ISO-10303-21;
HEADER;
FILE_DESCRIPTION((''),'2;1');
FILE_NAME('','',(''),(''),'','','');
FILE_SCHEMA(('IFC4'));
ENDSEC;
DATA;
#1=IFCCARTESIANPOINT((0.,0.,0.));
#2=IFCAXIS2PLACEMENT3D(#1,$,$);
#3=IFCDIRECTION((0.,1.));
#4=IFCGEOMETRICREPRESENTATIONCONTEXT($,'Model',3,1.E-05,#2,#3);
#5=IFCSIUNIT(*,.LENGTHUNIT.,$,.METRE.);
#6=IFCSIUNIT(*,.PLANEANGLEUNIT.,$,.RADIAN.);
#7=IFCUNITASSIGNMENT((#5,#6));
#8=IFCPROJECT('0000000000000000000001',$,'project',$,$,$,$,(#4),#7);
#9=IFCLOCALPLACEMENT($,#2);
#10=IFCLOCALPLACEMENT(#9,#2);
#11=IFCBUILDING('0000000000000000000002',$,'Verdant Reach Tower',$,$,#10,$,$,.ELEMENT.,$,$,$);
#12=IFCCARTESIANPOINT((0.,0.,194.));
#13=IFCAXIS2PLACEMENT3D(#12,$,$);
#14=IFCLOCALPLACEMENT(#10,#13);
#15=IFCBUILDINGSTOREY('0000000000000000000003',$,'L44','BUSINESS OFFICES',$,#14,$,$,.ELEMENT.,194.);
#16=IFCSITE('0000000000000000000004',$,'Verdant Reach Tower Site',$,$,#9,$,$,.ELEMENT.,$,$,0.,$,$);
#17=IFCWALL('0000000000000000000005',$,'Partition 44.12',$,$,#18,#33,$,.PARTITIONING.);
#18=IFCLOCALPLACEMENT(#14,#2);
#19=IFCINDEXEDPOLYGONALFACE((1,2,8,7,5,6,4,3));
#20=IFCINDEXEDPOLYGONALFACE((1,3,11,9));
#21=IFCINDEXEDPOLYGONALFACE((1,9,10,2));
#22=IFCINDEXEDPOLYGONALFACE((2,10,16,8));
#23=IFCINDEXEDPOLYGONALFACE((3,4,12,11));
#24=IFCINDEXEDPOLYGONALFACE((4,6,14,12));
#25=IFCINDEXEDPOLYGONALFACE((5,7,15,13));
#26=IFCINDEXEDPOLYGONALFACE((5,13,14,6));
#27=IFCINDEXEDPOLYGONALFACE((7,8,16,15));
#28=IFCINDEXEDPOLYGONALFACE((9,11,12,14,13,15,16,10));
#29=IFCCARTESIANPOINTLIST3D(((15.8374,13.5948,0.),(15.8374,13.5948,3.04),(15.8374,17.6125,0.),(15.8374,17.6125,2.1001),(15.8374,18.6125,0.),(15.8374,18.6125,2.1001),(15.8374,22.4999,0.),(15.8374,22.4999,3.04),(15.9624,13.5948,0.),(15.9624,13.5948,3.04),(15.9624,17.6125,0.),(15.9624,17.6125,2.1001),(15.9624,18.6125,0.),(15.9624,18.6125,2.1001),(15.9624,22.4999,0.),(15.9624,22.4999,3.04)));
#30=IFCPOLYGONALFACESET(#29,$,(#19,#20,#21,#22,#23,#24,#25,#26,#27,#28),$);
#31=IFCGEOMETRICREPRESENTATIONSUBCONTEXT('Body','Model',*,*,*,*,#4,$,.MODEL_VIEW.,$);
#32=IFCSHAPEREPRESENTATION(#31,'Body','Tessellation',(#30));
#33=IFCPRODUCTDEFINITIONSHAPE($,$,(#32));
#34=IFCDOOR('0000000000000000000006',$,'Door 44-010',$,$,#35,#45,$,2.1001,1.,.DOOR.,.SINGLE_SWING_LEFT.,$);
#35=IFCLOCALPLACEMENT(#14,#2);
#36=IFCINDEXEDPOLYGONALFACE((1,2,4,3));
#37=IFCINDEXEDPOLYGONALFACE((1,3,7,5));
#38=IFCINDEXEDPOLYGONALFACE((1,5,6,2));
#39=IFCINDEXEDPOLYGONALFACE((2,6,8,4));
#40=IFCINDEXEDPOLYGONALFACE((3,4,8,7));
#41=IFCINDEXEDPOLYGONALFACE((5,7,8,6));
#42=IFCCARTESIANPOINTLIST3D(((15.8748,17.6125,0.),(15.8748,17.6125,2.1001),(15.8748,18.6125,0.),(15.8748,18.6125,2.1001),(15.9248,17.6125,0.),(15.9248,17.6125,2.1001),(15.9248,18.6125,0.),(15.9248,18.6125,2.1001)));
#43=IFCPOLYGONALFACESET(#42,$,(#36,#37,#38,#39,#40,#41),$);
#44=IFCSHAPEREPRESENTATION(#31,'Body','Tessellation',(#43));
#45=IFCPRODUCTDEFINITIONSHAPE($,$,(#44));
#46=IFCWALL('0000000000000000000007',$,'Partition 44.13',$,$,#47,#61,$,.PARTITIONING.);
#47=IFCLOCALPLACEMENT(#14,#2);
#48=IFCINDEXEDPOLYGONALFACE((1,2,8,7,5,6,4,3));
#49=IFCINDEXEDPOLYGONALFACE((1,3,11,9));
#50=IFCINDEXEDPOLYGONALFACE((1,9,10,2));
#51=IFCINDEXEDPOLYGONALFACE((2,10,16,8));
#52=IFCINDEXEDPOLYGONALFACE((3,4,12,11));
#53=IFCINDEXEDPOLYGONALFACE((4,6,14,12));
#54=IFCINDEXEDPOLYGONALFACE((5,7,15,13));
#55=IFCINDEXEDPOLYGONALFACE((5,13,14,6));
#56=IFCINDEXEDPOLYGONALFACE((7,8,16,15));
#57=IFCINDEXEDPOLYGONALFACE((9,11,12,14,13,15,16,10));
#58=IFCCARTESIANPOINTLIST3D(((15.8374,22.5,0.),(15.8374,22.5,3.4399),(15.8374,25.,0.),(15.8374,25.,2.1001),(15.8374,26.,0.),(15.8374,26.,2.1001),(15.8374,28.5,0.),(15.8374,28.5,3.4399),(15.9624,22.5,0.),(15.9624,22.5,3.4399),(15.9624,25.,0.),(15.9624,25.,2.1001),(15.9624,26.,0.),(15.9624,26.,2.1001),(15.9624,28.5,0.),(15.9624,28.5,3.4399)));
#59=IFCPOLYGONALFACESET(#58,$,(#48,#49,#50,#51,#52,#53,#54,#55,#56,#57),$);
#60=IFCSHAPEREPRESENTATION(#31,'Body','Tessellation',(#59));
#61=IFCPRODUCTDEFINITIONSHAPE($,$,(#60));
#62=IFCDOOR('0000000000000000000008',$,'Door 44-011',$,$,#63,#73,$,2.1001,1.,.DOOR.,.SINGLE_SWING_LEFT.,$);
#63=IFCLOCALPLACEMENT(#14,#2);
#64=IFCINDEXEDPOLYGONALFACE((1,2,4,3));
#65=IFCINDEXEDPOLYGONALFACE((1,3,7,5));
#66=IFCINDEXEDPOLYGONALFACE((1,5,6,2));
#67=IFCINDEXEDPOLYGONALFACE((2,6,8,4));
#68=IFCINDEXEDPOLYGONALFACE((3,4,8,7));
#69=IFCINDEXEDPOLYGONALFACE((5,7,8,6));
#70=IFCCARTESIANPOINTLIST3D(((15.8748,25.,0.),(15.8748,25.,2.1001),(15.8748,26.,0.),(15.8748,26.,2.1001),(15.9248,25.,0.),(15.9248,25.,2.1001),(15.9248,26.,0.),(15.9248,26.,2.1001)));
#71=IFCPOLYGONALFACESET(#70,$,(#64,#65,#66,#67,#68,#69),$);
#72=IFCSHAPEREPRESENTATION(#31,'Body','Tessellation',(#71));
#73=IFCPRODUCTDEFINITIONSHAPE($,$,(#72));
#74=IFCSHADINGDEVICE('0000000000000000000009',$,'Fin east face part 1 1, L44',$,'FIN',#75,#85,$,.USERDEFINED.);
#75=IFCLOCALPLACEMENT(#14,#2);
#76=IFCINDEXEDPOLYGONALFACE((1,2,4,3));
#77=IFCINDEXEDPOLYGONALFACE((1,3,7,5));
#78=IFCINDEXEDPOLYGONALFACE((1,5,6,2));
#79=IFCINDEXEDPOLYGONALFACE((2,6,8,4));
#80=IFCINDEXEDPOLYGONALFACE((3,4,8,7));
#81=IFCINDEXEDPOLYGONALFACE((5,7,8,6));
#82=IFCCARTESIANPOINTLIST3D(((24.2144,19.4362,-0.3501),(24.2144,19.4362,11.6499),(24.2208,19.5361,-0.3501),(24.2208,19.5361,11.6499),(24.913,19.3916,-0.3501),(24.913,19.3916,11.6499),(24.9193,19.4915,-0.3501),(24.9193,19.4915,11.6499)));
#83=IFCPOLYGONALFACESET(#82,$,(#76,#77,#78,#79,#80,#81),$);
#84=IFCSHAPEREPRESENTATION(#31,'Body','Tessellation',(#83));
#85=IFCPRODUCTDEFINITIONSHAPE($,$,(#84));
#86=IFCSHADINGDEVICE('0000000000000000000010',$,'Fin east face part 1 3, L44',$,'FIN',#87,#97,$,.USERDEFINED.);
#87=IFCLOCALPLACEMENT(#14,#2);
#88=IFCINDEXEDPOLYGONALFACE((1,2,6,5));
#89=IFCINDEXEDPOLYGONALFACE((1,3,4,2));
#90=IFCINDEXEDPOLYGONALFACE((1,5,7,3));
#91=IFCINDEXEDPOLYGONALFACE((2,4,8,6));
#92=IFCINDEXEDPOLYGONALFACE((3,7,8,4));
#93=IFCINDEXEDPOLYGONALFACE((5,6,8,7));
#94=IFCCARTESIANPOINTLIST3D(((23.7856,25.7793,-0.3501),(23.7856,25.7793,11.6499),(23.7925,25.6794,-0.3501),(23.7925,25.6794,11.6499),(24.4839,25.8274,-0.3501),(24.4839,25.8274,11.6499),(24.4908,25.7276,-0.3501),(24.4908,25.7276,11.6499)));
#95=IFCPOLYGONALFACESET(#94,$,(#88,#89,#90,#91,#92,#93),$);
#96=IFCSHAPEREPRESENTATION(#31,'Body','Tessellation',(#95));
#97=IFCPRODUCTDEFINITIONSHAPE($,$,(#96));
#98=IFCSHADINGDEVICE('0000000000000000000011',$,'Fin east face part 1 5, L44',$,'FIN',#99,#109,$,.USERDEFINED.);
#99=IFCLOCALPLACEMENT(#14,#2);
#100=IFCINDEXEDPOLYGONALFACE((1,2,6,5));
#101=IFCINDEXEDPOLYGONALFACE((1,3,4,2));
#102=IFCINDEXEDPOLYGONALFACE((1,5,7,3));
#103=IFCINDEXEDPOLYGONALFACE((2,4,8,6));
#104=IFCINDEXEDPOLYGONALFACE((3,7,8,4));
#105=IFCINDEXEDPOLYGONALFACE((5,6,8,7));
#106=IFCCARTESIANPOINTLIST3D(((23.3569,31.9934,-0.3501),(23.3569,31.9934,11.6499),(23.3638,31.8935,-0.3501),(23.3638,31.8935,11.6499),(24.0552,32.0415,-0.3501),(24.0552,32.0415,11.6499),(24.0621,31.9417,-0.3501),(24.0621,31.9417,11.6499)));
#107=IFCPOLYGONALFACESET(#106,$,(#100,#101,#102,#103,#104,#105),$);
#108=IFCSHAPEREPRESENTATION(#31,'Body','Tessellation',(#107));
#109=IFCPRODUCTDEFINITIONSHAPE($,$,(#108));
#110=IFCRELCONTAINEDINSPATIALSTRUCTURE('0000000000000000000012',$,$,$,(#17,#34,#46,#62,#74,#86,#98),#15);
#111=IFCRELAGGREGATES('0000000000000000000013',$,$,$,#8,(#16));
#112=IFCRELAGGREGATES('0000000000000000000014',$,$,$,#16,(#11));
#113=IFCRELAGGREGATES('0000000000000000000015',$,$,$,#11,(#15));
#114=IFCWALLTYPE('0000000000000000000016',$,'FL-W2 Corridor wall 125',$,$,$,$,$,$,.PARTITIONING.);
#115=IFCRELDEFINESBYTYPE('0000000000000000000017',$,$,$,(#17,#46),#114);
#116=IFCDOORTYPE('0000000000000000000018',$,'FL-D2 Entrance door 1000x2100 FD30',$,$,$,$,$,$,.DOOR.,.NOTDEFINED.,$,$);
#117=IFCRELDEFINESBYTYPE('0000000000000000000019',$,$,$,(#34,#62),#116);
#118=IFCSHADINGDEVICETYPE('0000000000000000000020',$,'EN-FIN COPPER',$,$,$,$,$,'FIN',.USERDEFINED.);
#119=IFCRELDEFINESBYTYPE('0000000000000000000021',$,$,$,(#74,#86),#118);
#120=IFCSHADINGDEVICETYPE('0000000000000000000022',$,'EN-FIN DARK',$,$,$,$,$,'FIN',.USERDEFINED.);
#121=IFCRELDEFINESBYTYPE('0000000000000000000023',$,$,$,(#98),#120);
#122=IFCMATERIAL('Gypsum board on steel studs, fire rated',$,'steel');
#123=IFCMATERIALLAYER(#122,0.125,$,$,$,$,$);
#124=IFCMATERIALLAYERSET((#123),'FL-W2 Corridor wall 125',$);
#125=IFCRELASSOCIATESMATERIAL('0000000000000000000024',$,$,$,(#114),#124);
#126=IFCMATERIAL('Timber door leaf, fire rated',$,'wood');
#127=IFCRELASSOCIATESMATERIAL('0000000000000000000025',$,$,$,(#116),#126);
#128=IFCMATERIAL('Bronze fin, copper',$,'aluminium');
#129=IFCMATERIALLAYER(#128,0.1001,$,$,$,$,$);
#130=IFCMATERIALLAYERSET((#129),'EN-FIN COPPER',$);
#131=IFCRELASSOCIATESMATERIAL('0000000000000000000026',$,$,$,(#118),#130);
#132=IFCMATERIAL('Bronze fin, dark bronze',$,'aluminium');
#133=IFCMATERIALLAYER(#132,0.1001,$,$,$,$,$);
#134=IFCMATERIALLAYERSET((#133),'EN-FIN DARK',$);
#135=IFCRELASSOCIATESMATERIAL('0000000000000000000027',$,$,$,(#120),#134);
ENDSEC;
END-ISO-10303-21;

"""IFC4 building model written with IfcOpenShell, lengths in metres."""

from ifc_helpers import new_model, si_unit, direction, frame, frame_2d, origin, origin_2d, place, context, subcontext, project, spatial, rectangle, extrude, material, layer, layer_set, type_object, element, fill, save


model = new_model("IFC4")

# Units and contexts
model_context = context("Model", 3, precision=1e-05, world=origin(), true_north=direction((0.0, 1.0)))
body_context = subcontext(model_context, "Body", "Model", "MODEL_VIEW")
ifc_project = project(units=[si_unit("LENGTHUNIT", "METRE"), si_unit("PLANEANGLEUNIT", "RADIAN")], contexts=[model_context])

# Site, building, storey
site_placement = place(None, origin())
site = spatial("IfcSite", under=ifc_project, at=site_placement, Name="Verdant Reach Tower Site", CompositionType="ELEMENT", RefElevation=0.0)
building_placement = place(site_placement, origin())
building = spatial("IfcBuilding", under=site, at=building_placement, Name="Verdant Reach Tower", CompositionType="ELEMENT")
storey_placement = place(building_placement, frame((0.0, 0.0, 194.0)))
storey = spatial("IfcBuildingStorey", under=building, at=storey_placement, Name="L44", Description="BUSINESS OFFICES", CompositionType="ELEMENT", Elevation=194.0)

# Walls, openings, doors
ifc_material_1 = material(Name="Gypsum board on steel studs, fire rated", Category="steel")
ifc_layer_1 = layer(ifc_material_1, 0.125)
ifc_layer_set_1 = layer_set([ifc_layer_1], Name="FL-W2 Corridor wall 125")
wall_type_1 = type_object("IfcWallType", Name="FL-W2 Corridor wall 125", PredefinedType="PARTITIONING", material=ifc_layer_set_1)
wall_1_placement = place(storey_placement, frame((15.8999, 22.5, 0.0), z_axis=(0.0, 0.0, 1.0), x_axis=(0.0, -1.0, 0.0)))
wall_1 = element("IfcWall", 1, at=wall_1_placement, inside=storey, type_object=wall_type_1, Name="Partition 44.12", PredefinedType="PARTITIONING", context=body_context, shape_type="SweptSolid", body=[
    extrude(rectangle(XDim=8.905, YDim=0.125, at=frame_2d((4.4526, 0.0))), origin(), (0.0, 0.0, 1.0), 3.04),
])
opening_1_placement = place(wall_1_placement, frame((3.8875, 0.0, 0.0)))
opening_1 = element("IfcOpeningElement", 2, at=opening_1_placement, cuts=wall_1, PredefinedType="OPENING", context=body_context, shape_type="SweptSolid", body=[
    extrude(rectangle(XDim=1.0, YDim=2.1001, at=frame_2d((0.5, 1.05))), frame((0.0, 0.0725, 0.0), z_axis=(0.0, -1.0, 0.0), x_axis=(1.0, 0.0, 0.0)), (0.0, 0.0, 1.0), 0.145),
])
ifc_material_2 = material(Name="Timber door leaf, fire rated", Category="wood")
door_type = type_object("IfcDoorType", Name="FL-D2 Entrance door 1000x2100 FD30", OperationType="NOTDEFINED", PredefinedType="DOOR", material=ifc_material_2)
door_1_placement = place(opening_1_placement, origin())
door_1 = element("IfcDoor", 3, at=door_1_placement, inside=storey, type_object=door_type, Name="Door 44-010", OperationType="SINGLE_SWING_LEFT", OverallHeight=2.1001, OverallWidth=1.0, PredefinedType="DOOR", context=body_context, shape_type="SweptSolid", body=[
    extrude(rectangle(XDim=1.0, YDim=2.1001, at=frame_2d((0.5, 1.05))), frame((0.0, 0.0249, 0.0), z_axis=(0.0, -1.0, 0.0), x_axis=(1.0, 0.0, 0.0)), (0.0, 0.0, 1.0), 0.05),
])
fill(opening_1, door_1)
wall_2_placement = place(storey_placement, frame((15.8999, 28.5, 0.0), z_axis=(0.0, 0.0, 1.0), x_axis=(0.0, -1.0, 0.0)))
wall_2 = element("IfcWall", 4, at=wall_2_placement, inside=storey, type_object=wall_type_1, Name="Partition 44.13", PredefinedType="PARTITIONING", context=body_context, shape_type="SweptSolid", body=[
    extrude(rectangle(XDim=6.0, YDim=0.125, at=frame_2d((3.0, 0.0))), origin(), (0.0, 0.0, 1.0), 3.4399),
])
opening_2_placement = place(wall_2_placement, frame((2.5, 0.0, 0.0)))
opening_2 = element("IfcOpeningElement", 5, at=opening_2_placement, cuts=wall_2, PredefinedType="OPENING", context=body_context, shape_type="SweptSolid", body=[
    extrude(rectangle(XDim=1.0, YDim=2.1001, at=frame_2d((0.5, 1.05))), frame((0.0, 0.0725, 0.0), z_axis=(0.0, -1.0, 0.0), x_axis=(1.0, 0.0, 0.0)), (0.0, 0.0, 1.0), 0.145),
])
door_2_placement = place(opening_2_placement, origin())
door_2 = element("IfcDoor", 6, at=door_2_placement, inside=storey, type_object=door_type, Name="Door 44-011", OperationType="SINGLE_SWING_LEFT", OverallHeight=2.1001, OverallWidth=1.0, PredefinedType="DOOR", context=body_context, shape_type="SweptSolid", body=[
    extrude(rectangle(XDim=1.0, YDim=2.1001, at=frame_2d((0.5, 1.05))), frame((0.0, 0.0249, 0.0), z_axis=(0.0, -1.0, 0.0), x_axis=(1.0, 0.0, 0.0)), (0.0, 0.0, 1.0), 0.05),
])
fill(opening_2, door_2)

# Shading devices
ifc_material_3 = material(Name="Bronze fin, copper", Category="aluminium")
ifc_layer_2 = layer(ifc_material_3, 0.1001)
ifc_layer_set_2 = layer_set([ifc_layer_2], Name="EN-FIN COPPER")
shading_device_type_1 = type_object("IfcShadingDeviceType", Name="EN-FIN COPPER", ElementType="FIN", PredefinedType="USERDEFINED", material=ifc_layer_set_2)
for number, where, z_axis, x_axis, name in (
    (7, (24.5669, 19.4639, -0.3501), (0.0, 0.0, 1.0), (0.063699, 0.997969, 0.0), "Fin east face part 1 1, L44"),
    (8, (24.1382, 25.7534, -0.3501), (0.0, 0.0, 1.0), (-0.068802, 0.99763, 0.0), "Fin east face part 1 3, L44"),
):
    element("IfcShadingDevice", number, at=place(storey_placement, frame(where, z_axis=z_axis, x_axis=x_axis)), inside=storey, type_object=shading_device_type_1, Name=name, ObjectType="FIN", PredefinedType="USERDEFINED", context=body_context, shape_type="SweptSolid", body=[
        extrude(rectangle(XDim=0.1001, YDim=0.7, at=origin_2d()), origin(), (0.0, 0.0, 1.0), 12.0),
    ])
ifc_material_4 = material(Name="Bronze fin, dark bronze", Category="aluminium")
ifc_layer_3 = layer(ifc_material_4, 0.1001)
ifc_layer_set_3 = layer_set([ifc_layer_3], Name="EN-FIN DARK")
shading_device_type_2 = type_object("IfcShadingDeviceType", Name="EN-FIN DARK", ElementType="FIN", PredefinedType="USERDEFINED", material=ifc_layer_set_3)
shading_device_placement = place(storey_placement, frame((23.7095, 31.9675, -0.3501), z_axis=(0.0, 0.0, 1.0), x_axis=(-0.068802, 0.99763, 0.0)))
element("IfcShadingDevice", 9, at=shading_device_placement, inside=storey, type_object=shading_device_type_2, Name="Fin east face part 1 5, L44", ObjectType="FIN", PredefinedType="USERDEFINED", context=body_context, shape_type="SweptSolid", body=[
    extrude(rectangle(XDim=0.1001, YDim=0.7, at=origin_2d()), origin(), (0.0, 0.0, 1.0), 12.0),
])

save(model, "model.ifc")
